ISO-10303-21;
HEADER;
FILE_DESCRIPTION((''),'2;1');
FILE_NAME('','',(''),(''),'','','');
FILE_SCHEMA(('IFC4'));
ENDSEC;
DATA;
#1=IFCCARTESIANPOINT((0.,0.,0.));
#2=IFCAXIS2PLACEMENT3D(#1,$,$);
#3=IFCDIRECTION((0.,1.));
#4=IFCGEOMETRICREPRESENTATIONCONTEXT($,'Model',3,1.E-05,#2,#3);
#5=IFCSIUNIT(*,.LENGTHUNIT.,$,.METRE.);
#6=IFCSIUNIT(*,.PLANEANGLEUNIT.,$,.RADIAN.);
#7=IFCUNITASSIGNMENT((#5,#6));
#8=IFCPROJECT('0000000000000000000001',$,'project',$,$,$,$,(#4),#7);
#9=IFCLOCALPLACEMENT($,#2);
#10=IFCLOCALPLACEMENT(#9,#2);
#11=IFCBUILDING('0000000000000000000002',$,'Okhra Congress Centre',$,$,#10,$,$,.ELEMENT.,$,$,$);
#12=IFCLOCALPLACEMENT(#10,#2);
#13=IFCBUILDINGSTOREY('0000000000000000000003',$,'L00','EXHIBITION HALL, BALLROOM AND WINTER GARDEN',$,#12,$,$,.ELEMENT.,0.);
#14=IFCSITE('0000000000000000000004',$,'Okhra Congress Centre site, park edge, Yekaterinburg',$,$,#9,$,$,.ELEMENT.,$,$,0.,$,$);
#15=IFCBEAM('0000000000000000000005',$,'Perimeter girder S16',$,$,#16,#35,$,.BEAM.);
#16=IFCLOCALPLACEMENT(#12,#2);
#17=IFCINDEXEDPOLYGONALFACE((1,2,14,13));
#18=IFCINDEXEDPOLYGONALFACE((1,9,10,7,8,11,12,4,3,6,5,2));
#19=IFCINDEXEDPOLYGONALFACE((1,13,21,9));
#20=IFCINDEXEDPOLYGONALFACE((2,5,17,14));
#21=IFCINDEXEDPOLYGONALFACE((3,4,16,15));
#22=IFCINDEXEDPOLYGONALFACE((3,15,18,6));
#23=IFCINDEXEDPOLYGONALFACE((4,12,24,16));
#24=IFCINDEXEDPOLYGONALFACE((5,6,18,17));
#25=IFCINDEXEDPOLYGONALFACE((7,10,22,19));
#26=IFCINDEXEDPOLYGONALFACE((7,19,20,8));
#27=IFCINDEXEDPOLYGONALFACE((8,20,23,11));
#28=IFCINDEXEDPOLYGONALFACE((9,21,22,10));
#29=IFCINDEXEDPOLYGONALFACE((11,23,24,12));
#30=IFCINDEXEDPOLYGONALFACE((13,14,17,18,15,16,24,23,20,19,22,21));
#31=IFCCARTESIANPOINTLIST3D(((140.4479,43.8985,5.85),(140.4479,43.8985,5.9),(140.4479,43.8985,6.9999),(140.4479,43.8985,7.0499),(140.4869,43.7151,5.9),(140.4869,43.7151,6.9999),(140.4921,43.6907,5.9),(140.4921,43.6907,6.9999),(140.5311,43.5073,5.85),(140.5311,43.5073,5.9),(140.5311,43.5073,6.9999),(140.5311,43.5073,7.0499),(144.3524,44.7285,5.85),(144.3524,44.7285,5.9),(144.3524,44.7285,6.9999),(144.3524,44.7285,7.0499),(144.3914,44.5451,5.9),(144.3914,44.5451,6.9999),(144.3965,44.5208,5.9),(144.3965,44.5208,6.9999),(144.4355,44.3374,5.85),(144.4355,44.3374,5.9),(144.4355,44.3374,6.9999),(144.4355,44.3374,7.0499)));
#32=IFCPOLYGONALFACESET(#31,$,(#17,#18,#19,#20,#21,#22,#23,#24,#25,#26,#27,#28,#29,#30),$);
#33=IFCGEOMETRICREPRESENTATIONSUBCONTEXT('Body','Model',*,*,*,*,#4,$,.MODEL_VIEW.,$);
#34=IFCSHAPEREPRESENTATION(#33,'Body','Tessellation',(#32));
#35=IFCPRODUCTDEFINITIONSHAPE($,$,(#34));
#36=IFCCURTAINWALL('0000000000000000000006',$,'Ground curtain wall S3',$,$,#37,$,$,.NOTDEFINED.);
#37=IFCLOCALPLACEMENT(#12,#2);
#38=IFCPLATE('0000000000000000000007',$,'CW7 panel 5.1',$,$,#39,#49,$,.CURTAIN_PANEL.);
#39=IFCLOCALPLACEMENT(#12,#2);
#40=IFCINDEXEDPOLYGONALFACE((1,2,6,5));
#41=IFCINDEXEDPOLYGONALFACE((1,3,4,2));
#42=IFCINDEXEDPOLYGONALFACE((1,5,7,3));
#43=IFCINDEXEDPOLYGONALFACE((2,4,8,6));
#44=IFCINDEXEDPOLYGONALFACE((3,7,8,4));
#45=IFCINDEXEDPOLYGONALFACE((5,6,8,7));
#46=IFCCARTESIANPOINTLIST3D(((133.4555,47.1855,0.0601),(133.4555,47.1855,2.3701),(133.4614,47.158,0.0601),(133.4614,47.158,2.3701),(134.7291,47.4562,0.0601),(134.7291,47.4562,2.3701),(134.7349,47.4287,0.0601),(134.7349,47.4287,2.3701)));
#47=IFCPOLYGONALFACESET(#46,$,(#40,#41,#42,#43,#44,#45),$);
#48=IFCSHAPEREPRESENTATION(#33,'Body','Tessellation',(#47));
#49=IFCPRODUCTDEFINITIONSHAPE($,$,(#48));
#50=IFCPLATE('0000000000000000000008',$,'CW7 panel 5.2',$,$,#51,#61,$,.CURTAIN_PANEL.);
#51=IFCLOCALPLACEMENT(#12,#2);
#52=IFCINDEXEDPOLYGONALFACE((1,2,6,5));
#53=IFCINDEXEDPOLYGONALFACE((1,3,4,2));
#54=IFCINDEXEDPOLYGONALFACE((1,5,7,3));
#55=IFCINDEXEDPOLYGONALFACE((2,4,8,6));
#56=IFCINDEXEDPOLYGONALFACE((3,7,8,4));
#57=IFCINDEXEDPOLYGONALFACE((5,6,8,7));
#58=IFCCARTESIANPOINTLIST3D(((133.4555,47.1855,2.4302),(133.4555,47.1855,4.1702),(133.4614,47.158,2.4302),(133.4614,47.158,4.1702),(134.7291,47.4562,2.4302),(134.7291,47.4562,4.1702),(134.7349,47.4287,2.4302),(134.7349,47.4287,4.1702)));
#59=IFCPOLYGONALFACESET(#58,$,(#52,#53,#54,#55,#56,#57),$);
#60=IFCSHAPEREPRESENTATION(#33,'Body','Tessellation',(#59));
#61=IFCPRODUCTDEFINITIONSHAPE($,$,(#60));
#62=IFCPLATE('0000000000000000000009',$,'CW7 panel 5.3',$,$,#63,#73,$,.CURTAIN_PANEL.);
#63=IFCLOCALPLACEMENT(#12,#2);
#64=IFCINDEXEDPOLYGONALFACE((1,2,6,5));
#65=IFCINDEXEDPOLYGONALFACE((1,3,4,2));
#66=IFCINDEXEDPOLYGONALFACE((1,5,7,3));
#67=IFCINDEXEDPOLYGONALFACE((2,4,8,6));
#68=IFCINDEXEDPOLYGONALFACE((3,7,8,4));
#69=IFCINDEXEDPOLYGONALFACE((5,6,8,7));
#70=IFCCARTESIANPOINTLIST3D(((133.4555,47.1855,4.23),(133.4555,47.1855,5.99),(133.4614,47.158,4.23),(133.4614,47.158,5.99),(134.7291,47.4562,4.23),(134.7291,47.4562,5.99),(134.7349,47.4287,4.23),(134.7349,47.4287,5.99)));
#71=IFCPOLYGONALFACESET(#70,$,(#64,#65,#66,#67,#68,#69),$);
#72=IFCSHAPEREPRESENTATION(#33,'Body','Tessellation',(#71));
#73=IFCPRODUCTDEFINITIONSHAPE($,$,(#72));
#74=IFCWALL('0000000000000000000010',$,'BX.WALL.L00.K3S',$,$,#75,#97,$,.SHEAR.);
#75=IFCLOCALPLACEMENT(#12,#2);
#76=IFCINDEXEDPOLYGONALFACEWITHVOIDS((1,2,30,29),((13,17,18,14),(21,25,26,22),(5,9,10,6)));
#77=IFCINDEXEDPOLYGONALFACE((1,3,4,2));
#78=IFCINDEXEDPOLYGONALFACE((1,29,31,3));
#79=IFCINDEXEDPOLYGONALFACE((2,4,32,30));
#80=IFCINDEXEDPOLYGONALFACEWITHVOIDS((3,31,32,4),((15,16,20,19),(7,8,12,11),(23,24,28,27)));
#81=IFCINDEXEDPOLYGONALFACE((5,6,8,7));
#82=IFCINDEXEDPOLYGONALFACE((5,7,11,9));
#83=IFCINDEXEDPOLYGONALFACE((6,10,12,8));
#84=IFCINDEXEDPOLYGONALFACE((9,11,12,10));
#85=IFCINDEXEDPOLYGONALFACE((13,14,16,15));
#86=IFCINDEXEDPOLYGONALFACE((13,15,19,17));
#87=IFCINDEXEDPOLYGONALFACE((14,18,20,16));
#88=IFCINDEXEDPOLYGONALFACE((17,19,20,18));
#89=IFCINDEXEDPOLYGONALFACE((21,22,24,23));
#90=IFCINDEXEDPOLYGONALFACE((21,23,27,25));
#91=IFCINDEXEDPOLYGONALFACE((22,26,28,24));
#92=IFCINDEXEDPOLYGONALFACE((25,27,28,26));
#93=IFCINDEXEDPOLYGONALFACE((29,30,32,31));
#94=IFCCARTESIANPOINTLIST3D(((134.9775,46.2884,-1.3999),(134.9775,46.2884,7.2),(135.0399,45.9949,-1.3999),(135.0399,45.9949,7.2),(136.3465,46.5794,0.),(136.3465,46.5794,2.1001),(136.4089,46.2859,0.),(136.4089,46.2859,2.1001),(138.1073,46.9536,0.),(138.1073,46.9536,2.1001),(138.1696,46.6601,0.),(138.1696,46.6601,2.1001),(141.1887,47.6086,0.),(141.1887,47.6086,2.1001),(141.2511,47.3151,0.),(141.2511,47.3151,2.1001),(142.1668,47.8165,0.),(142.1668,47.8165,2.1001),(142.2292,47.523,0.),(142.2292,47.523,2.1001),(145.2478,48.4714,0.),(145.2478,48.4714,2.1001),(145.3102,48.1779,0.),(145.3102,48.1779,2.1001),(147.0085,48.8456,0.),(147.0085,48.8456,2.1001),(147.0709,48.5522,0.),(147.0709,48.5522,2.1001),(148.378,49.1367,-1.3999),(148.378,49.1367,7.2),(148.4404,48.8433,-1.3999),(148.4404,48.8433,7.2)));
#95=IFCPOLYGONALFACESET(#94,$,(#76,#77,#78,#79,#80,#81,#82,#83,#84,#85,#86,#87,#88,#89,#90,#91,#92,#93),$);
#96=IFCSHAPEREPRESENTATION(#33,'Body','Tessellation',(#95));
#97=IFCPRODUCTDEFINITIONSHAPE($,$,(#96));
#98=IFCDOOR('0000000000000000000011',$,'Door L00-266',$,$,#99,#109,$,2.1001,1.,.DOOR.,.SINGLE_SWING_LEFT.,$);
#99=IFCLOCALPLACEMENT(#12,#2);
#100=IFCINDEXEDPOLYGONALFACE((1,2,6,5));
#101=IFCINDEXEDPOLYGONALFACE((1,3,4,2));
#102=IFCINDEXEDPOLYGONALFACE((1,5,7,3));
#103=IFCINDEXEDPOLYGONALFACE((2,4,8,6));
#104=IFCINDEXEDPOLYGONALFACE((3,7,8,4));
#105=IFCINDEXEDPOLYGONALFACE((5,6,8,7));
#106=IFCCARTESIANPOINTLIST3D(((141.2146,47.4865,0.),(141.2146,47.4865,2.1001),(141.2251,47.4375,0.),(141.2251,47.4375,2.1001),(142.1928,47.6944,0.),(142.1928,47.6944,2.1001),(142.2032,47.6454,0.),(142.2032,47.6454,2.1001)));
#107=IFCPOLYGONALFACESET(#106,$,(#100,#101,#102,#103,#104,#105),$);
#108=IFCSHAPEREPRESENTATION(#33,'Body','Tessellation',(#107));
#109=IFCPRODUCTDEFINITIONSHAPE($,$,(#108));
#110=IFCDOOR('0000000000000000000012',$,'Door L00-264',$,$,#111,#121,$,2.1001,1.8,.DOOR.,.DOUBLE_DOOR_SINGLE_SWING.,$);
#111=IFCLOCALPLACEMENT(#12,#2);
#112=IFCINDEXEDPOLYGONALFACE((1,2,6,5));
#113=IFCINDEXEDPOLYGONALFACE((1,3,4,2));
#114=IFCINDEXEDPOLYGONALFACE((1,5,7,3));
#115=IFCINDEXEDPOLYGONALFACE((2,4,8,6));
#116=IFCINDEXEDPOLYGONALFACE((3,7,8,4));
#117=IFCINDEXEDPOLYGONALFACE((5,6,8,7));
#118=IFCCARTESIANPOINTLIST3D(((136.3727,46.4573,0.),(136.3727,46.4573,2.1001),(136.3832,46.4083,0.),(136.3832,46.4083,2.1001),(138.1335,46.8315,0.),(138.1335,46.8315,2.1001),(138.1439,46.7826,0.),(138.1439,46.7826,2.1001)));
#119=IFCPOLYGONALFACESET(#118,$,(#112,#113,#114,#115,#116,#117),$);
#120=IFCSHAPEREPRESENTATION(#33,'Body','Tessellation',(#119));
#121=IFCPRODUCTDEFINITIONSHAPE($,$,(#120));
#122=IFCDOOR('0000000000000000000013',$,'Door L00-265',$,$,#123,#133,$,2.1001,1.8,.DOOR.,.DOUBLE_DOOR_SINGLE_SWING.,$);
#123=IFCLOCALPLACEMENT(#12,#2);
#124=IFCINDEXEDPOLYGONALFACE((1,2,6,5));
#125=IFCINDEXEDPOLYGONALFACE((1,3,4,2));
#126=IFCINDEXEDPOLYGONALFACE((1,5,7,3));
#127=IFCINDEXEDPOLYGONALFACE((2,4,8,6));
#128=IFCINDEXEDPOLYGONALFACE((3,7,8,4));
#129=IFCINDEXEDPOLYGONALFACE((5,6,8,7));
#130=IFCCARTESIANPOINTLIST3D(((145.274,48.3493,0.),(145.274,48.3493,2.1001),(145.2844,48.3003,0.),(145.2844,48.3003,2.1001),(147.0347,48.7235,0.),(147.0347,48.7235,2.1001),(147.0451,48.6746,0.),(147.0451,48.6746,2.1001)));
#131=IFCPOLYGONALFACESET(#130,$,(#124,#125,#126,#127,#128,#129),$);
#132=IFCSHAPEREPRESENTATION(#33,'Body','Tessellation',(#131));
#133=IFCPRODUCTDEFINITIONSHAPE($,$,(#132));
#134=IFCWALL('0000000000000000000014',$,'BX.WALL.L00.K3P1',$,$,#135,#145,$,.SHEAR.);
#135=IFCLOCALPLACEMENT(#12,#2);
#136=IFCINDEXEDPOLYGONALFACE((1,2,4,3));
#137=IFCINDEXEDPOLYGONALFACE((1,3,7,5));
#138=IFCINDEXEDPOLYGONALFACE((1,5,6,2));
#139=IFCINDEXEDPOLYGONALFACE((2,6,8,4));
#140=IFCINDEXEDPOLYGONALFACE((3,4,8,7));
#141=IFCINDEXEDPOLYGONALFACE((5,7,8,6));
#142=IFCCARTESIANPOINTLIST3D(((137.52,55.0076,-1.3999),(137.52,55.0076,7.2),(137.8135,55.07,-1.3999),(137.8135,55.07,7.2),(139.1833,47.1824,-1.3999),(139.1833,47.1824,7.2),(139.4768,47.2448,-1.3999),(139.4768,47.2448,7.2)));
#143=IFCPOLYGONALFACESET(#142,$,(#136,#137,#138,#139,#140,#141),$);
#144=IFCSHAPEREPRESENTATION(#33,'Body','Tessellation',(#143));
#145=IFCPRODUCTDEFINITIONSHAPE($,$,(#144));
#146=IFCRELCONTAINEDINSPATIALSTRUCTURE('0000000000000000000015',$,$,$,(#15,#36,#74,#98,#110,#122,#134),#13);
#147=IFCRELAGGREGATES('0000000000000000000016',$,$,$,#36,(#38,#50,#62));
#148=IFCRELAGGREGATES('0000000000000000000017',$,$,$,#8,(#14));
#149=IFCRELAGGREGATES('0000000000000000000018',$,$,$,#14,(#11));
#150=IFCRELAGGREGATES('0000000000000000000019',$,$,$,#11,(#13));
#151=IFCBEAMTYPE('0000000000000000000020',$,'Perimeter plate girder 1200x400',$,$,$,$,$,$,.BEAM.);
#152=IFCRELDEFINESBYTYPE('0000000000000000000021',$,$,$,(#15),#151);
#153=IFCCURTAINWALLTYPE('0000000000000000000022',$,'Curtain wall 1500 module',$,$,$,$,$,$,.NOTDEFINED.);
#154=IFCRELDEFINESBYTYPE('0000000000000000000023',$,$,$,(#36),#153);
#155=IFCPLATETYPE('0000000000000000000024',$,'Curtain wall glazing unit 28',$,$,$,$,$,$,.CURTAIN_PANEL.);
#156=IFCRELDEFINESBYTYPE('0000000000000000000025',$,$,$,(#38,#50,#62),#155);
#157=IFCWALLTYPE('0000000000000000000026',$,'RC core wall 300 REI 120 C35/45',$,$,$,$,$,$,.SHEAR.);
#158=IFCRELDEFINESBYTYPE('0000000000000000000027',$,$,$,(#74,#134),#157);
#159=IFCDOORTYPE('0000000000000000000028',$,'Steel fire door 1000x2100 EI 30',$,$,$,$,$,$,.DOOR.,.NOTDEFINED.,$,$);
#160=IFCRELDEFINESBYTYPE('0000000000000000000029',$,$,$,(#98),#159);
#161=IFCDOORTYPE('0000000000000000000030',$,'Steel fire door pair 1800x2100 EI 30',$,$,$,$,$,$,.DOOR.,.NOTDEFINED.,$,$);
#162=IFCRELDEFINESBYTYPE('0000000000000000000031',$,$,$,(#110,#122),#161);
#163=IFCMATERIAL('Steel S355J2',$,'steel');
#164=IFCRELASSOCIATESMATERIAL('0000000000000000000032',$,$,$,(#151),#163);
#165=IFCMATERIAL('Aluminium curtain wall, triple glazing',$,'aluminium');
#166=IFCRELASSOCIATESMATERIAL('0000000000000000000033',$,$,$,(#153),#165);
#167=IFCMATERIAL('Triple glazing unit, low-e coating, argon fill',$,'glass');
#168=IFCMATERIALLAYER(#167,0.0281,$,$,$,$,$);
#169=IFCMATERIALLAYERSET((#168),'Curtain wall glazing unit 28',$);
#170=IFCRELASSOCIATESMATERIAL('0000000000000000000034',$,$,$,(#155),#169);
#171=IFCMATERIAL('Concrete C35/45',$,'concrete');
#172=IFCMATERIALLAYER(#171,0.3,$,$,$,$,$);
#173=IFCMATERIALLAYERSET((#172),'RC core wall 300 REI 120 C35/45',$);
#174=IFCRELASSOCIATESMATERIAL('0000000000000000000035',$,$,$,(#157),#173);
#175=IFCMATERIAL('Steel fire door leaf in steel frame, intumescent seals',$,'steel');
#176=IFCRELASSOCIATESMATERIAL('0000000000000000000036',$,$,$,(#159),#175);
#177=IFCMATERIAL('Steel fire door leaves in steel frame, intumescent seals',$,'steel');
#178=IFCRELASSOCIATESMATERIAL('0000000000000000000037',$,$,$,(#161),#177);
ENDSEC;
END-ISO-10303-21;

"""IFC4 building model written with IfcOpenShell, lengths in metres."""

from ifc_helpers import new_model, si_unit, direction, frame, frame_2d, origin, origin_2d, place, context, subcontext, project, spatial, rectangle, i_section, extrude, material, layer, layer_set, material_profile, profile_set, type_object, element, fill, aggregate, save


model = new_model("IFC4")

# Units and contexts
model_context = context("Model", 3, precision=1e-05, world=origin(), true_north=direction((0.0, 1.0)))
body_context = subcontext(model_context, "Body", "Model", "MODEL_VIEW")
ifc_project = project(units=[si_unit("LENGTHUNIT", "METRE"), si_unit("PLANEANGLEUNIT", "RADIAN")], contexts=[model_context])

# Site, building, storey
site_placement = place(None, origin())
site = spatial("IfcSite", under=ifc_project, at=site_placement, Name="Okhra Congress Centre site, park edge, Yekaterinburg", CompositionType="ELEMENT", RefElevation=0.0)
building_placement = place(site_placement, origin())
building = spatial("IfcBuilding", under=site, at=building_placement, Name="Okhra Congress Centre", CompositionType="ELEMENT")
storey_placement = place(building_placement, origin())
storey = spatial("IfcBuildingStorey", under=building, at=storey_placement, Name="L00", Description="EXHIBITION HALL, BALLROOM AND WINTER GARDEN", CompositionType="ELEMENT", Elevation=0.0)

# Shared definitions
ifc_material_1 = material(Name="Concrete C35/45", Category="concrete")

# Beam
ifc_material_2 = material(Name="Steel S355J2", Category="steel")
ifc_material_profile_1 = material_profile(ifc_material_2, i_section(OverallWidth=0.3999, OverallDepth=1.2, WebThickness=0.0249, FlangeThickness=0.05, at=origin_2d()), Name="Plate girder 1200x400")
ifc_profile_set_1 = profile_set([ifc_material_profile_1], Name="Steel S355J2")
beam_type_1 = type_object("IfcBeamType", Name="Perimeter plate girder 1200x400", PredefinedType="BEAM", material=ifc_profile_set_1)
beam_1_placement = place(storey_placement, frame((140.4895, 43.7029, 6.45), z_axis=(0.97814, 0.207946, 0.0), x_axis=(-0.207946, 0.97814, 0.0)))
element("IfcBeam", 1, at=beam_1_placement, inside=storey, type_object=beam_type_1, Name="Perimeter girder S16", PredefinedType="BEAM", context=body_context, shape_type="SweptSolid", body=[
    extrude(i_section(OverallWidth=0.3999, OverallDepth=1.2, WebThickness=0.0249, FlangeThickness=0.05, at=origin_2d()), origin(), (0.0, 0.0, 1.0), 3.9917),
])

# Curtain wall, plates
ifc_material_3 = material(Name="Aluminium curtain wall, triple glazing", Category="aluminium")
curtain_wall_type = type_object("IfcCurtainWallType", Name="Curtain wall 1500 module", PredefinedType="NOTDEFINED", material=ifc_material_3)
curtain_wall_placement = place(storey_placement, origin())
curtain_wall = element("IfcCurtainWall", 2, at=curtain_wall_placement, inside=storey, type_object=curtain_wall_type, Name="Ground curtain wall S3", PredefinedType="NOTDEFINED")
ifc_material_4 = material(Name="Triple glazing unit, low-e coating, argon fill", Category="glass")
ifc_layer_1 = layer(ifc_material_4, 0.0281)
ifc_layer_set_1 = layer_set([ifc_layer_1], Name="Curtain wall glazing unit 28")
plate_type = type_object("IfcPlateType", Name="Curtain wall glazing unit 28", PredefinedType="CURTAIN_PANEL", material=ifc_layer_set_1)
plate_1_placement = place(storey_placement, frame((134.0952, 47.3071, 0.0601), z_axis=(0.0, 0.0, 1.0), x_axis=(0.978148, 0.207912, 0.0)))
plate_1 = element("IfcPlate", 3, at=plate_1_placement, type_object=plate_type, Name="CW7 panel 5.1", PredefinedType="CURTAIN_PANEL", context=body_context, shape_type="SweptSolid", body=[
    extrude(rectangle(XDim=1.302, YDim=0.0281, at=origin_2d()), origin(), (0.0, 0.0, 1.0), 2.3101),
])
plate_2_placement = place(storey_placement, frame((134.0952, 47.3071, 2.4302), z_axis=(0.0, 0.0, 1.0), x_axis=(0.978148, 0.207912, 0.0)))
plate_2 = element("IfcPlate", 4, at=plate_2_placement, type_object=plate_type, Name="CW7 panel 5.2", PredefinedType="CURTAIN_PANEL", context=body_context, shape_type="SweptSolid", body=[
    extrude(rectangle(XDim=1.302, YDim=0.0281, at=origin_2d()), origin(), (0.0, 0.0, 1.0), 1.74),
])
plate_3_placement = place(storey_placement, frame((134.0952, 47.3071, 4.23), z_axis=(0.0, 0.0, 1.0), x_axis=(0.978148, 0.207912, 0.0)))
plate_3 = element("IfcPlate", 5, at=plate_3_placement, type_object=plate_type, Name="CW7 panel 5.3", PredefinedType="CURTAIN_PANEL", context=body_context, shape_type="SweptSolid", body=[
    extrude(rectangle(XDim=1.302, YDim=0.0281, at=origin_2d()), origin(), (0.0, 0.0, 1.0), 1.76),
])
aggregate(curtain_wall, [plate_1, plate_2, plate_3])

# Wall, openings, doors
ifc_layer_2 = layer(ifc_material_1, 0.3)
ifc_layer_set_2 = layer_set([ifc_layer_2], Name="RC core wall 300 REI 120 C35/45")
wall_type_1 = type_object("IfcWallType", Name="RC core wall 300 REI 120 C35/45", PredefinedType="SHEAR", material=ifc_layer_set_2)
wall_1_placement = place(storey_placement, frame((135.0085, 46.1416, -1.3999), z_axis=(0.0, 0.0, 1.0), x_axis=(0.978148, 0.207911, 0.0)))
wall_1 = element("IfcWall", 6, at=wall_1_placement, inside=storey, type_object=wall_type_1, Name="BX.WALL.L00.K3S", PredefinedType="SHEAR", context=body_context, shape_type="SweptSolid", body=[
    extrude(rectangle(XDim=13.7, YDim=0.3, at=frame_2d((6.8501, 0.0))), origin(), (0.0, 0.0, 1.0), 8.5999),
])
opening_1_placement = place(wall_1_placement, frame((1.3999, 0.0, 1.3999)))
opening_1 = element("IfcOpeningElement", 7, at=opening_1_placement, cuts=wall_1, PredefinedType="OPENING", context=body_context, shape_type="SweptSolid", body=[
    extrude(rectangle(XDim=1.8, YDim=2.1001, at=frame_2d((0.8999, 1.05))), frame((0.0, 0.1599, 0.0), z_axis=(0.0, -1.0, 0.0), x_axis=(1.0, 0.0, 0.0)), (0.0, 0.0, 1.0), 0.3201),
])
opening_2_placement = place(wall_1_placement, frame((10.5, 0.0, 1.3999)))
opening_2 = element("IfcOpeningElement", 8, at=opening_2_placement, cuts=wall_1, PredefinedType="OPENING", context=body_context, shape_type="SweptSolid", body=[
    extrude(rectangle(XDim=1.8, YDim=2.1001, at=frame_2d((0.8999, 1.05))), frame((0.0, 0.1599, 0.0), z_axis=(0.0, -1.0, 0.0), x_axis=(1.0, 0.0, 0.0)), (0.0, 0.0, 1.0), 0.3201),
])
opening_3_placement = place(wall_1_placement, frame((6.3501, 0.0, 1.3999)))
opening_3 = element("IfcOpeningElement", 9, at=opening_3_placement, cuts=wall_1, PredefinedType="OPENING", context=body_context, shape_type="SweptSolid", body=[
    extrude(rectangle(XDim=1.0, YDim=2.1001, at=frame_2d((0.5, 1.05))), frame((0.0, 0.1599, 0.0), z_axis=(0.0, -1.0, 0.0), x_axis=(1.0, 0.0, 0.0)), (0.0, 0.0, 1.0), 0.3201),
])
ifc_material_5 = material(Name="Steel fire door leaf in steel frame, intumescent seals", Category="steel")
door_type_1 = type_object("IfcDoorType", Name="Steel fire door 1000x2100 EI 30", OperationType="NOTDEFINED", PredefinedType="DOOR", material=ifc_material_5)
door_1_placement = place(opening_3_placement, frame((1.0, 0.0, 0.0), z_axis=(0.0, 0.0, 1.0), x_axis=(-1.0, 0.0, 0.0)))
door_1 = element("IfcDoor", 10, at=door_1_placement, inside=storey, type_object=door_type_1, Name="Door L00-266", OperationType="SINGLE_SWING_LEFT", OverallHeight=2.1001, OverallWidth=1.0, PredefinedType="DOOR", context=body_context, shape_type="SweptSolid", body=[
    extrude(rectangle(XDim=1.0, YDim=2.1001, at=frame_2d((0.5, 1.05))), frame((0.0, 0.0249, 0.0), z_axis=(0.0, -1.0, 0.0), x_axis=(1.0, 0.0, 0.0)), (0.0, 0.0, 1.0), 0.05),
])
fill(opening_3, door_1)
ifc_material_6 = material(Name="Steel fire door leaves in steel frame, intumescent seals", Category="steel")
door_type_2 = type_object("IfcDoorType", Name="Steel fire door pair 1800x2100 EI 30", OperationType="NOTDEFINED", PredefinedType="DOOR", material=ifc_material_6)
door_2_placement = place(opening_1_placement, frame((1.8, 0.0, 0.0), z_axis=(0.0, 0.0, 1.0), x_axis=(-1.0, 0.0, 0.0)))
door_2 = element("IfcDoor", 11, at=door_2_placement, inside=storey, type_object=door_type_2, Name="Door L00-264", OperationType="DOUBLE_DOOR_SINGLE_SWING", OverallHeight=2.1001, OverallWidth=1.8, PredefinedType="DOOR", context=body_context, shape_type="SweptSolid", body=[
    extrude(rectangle(XDim=1.8, YDim=2.1001, at=frame_2d((0.8999, 1.05))), frame((0.0, 0.0249, 0.0), z_axis=(0.0, -1.0, 0.0), x_axis=(1.0, 0.0, 0.0)), (0.0, 0.0, 1.0), 0.05),
])
fill(opening_1, door_2)
door_3_placement = place(opening_2_placement, frame((1.8, 0.0, 0.0), z_axis=(0.0, 0.0, 1.0), x_axis=(-1.0, 0.0, 0.0)))
door_3 = element("IfcDoor", 12, at=door_3_placement, inside=storey, type_object=door_type_2, Name="Door L00-265", OperationType="DOUBLE_DOOR_SINGLE_SWING", OverallHeight=2.1001, OverallWidth=1.8, PredefinedType="DOOR", context=body_context, shape_type="SweptSolid", body=[
    extrude(rectangle(XDim=1.8, YDim=2.1001, at=frame_2d((0.8999, 1.05))), frame((0.0, 0.0249, 0.0), z_axis=(0.0, -1.0, 0.0), x_axis=(1.0, 0.0, 0.0)), (0.0, 0.0, 1.0), 0.05),
])
fill(opening_2, door_3)

# Wall
wall_2_placement = place(storey_placement, frame((139.3301, 47.2136, -1.3999), z_axis=(0.0, 0.0, 1.0), x_axis=(-0.207916, 0.978147, 0.0)))
element("IfcWall", 13, at=wall_2_placement, inside=storey, type_object=wall_type_1, Name="BX.WALL.L00.K3P1", PredefinedType="SHEAR", context=body_context, shape_type="SweptSolid", body=[
    extrude(rectangle(XDim=8.0, YDim=0.3, at=frame_2d((4.0, 0.0))), origin(), (0.0, 0.0, 1.0), 8.5999),
])

save(model, "model.ifc")
